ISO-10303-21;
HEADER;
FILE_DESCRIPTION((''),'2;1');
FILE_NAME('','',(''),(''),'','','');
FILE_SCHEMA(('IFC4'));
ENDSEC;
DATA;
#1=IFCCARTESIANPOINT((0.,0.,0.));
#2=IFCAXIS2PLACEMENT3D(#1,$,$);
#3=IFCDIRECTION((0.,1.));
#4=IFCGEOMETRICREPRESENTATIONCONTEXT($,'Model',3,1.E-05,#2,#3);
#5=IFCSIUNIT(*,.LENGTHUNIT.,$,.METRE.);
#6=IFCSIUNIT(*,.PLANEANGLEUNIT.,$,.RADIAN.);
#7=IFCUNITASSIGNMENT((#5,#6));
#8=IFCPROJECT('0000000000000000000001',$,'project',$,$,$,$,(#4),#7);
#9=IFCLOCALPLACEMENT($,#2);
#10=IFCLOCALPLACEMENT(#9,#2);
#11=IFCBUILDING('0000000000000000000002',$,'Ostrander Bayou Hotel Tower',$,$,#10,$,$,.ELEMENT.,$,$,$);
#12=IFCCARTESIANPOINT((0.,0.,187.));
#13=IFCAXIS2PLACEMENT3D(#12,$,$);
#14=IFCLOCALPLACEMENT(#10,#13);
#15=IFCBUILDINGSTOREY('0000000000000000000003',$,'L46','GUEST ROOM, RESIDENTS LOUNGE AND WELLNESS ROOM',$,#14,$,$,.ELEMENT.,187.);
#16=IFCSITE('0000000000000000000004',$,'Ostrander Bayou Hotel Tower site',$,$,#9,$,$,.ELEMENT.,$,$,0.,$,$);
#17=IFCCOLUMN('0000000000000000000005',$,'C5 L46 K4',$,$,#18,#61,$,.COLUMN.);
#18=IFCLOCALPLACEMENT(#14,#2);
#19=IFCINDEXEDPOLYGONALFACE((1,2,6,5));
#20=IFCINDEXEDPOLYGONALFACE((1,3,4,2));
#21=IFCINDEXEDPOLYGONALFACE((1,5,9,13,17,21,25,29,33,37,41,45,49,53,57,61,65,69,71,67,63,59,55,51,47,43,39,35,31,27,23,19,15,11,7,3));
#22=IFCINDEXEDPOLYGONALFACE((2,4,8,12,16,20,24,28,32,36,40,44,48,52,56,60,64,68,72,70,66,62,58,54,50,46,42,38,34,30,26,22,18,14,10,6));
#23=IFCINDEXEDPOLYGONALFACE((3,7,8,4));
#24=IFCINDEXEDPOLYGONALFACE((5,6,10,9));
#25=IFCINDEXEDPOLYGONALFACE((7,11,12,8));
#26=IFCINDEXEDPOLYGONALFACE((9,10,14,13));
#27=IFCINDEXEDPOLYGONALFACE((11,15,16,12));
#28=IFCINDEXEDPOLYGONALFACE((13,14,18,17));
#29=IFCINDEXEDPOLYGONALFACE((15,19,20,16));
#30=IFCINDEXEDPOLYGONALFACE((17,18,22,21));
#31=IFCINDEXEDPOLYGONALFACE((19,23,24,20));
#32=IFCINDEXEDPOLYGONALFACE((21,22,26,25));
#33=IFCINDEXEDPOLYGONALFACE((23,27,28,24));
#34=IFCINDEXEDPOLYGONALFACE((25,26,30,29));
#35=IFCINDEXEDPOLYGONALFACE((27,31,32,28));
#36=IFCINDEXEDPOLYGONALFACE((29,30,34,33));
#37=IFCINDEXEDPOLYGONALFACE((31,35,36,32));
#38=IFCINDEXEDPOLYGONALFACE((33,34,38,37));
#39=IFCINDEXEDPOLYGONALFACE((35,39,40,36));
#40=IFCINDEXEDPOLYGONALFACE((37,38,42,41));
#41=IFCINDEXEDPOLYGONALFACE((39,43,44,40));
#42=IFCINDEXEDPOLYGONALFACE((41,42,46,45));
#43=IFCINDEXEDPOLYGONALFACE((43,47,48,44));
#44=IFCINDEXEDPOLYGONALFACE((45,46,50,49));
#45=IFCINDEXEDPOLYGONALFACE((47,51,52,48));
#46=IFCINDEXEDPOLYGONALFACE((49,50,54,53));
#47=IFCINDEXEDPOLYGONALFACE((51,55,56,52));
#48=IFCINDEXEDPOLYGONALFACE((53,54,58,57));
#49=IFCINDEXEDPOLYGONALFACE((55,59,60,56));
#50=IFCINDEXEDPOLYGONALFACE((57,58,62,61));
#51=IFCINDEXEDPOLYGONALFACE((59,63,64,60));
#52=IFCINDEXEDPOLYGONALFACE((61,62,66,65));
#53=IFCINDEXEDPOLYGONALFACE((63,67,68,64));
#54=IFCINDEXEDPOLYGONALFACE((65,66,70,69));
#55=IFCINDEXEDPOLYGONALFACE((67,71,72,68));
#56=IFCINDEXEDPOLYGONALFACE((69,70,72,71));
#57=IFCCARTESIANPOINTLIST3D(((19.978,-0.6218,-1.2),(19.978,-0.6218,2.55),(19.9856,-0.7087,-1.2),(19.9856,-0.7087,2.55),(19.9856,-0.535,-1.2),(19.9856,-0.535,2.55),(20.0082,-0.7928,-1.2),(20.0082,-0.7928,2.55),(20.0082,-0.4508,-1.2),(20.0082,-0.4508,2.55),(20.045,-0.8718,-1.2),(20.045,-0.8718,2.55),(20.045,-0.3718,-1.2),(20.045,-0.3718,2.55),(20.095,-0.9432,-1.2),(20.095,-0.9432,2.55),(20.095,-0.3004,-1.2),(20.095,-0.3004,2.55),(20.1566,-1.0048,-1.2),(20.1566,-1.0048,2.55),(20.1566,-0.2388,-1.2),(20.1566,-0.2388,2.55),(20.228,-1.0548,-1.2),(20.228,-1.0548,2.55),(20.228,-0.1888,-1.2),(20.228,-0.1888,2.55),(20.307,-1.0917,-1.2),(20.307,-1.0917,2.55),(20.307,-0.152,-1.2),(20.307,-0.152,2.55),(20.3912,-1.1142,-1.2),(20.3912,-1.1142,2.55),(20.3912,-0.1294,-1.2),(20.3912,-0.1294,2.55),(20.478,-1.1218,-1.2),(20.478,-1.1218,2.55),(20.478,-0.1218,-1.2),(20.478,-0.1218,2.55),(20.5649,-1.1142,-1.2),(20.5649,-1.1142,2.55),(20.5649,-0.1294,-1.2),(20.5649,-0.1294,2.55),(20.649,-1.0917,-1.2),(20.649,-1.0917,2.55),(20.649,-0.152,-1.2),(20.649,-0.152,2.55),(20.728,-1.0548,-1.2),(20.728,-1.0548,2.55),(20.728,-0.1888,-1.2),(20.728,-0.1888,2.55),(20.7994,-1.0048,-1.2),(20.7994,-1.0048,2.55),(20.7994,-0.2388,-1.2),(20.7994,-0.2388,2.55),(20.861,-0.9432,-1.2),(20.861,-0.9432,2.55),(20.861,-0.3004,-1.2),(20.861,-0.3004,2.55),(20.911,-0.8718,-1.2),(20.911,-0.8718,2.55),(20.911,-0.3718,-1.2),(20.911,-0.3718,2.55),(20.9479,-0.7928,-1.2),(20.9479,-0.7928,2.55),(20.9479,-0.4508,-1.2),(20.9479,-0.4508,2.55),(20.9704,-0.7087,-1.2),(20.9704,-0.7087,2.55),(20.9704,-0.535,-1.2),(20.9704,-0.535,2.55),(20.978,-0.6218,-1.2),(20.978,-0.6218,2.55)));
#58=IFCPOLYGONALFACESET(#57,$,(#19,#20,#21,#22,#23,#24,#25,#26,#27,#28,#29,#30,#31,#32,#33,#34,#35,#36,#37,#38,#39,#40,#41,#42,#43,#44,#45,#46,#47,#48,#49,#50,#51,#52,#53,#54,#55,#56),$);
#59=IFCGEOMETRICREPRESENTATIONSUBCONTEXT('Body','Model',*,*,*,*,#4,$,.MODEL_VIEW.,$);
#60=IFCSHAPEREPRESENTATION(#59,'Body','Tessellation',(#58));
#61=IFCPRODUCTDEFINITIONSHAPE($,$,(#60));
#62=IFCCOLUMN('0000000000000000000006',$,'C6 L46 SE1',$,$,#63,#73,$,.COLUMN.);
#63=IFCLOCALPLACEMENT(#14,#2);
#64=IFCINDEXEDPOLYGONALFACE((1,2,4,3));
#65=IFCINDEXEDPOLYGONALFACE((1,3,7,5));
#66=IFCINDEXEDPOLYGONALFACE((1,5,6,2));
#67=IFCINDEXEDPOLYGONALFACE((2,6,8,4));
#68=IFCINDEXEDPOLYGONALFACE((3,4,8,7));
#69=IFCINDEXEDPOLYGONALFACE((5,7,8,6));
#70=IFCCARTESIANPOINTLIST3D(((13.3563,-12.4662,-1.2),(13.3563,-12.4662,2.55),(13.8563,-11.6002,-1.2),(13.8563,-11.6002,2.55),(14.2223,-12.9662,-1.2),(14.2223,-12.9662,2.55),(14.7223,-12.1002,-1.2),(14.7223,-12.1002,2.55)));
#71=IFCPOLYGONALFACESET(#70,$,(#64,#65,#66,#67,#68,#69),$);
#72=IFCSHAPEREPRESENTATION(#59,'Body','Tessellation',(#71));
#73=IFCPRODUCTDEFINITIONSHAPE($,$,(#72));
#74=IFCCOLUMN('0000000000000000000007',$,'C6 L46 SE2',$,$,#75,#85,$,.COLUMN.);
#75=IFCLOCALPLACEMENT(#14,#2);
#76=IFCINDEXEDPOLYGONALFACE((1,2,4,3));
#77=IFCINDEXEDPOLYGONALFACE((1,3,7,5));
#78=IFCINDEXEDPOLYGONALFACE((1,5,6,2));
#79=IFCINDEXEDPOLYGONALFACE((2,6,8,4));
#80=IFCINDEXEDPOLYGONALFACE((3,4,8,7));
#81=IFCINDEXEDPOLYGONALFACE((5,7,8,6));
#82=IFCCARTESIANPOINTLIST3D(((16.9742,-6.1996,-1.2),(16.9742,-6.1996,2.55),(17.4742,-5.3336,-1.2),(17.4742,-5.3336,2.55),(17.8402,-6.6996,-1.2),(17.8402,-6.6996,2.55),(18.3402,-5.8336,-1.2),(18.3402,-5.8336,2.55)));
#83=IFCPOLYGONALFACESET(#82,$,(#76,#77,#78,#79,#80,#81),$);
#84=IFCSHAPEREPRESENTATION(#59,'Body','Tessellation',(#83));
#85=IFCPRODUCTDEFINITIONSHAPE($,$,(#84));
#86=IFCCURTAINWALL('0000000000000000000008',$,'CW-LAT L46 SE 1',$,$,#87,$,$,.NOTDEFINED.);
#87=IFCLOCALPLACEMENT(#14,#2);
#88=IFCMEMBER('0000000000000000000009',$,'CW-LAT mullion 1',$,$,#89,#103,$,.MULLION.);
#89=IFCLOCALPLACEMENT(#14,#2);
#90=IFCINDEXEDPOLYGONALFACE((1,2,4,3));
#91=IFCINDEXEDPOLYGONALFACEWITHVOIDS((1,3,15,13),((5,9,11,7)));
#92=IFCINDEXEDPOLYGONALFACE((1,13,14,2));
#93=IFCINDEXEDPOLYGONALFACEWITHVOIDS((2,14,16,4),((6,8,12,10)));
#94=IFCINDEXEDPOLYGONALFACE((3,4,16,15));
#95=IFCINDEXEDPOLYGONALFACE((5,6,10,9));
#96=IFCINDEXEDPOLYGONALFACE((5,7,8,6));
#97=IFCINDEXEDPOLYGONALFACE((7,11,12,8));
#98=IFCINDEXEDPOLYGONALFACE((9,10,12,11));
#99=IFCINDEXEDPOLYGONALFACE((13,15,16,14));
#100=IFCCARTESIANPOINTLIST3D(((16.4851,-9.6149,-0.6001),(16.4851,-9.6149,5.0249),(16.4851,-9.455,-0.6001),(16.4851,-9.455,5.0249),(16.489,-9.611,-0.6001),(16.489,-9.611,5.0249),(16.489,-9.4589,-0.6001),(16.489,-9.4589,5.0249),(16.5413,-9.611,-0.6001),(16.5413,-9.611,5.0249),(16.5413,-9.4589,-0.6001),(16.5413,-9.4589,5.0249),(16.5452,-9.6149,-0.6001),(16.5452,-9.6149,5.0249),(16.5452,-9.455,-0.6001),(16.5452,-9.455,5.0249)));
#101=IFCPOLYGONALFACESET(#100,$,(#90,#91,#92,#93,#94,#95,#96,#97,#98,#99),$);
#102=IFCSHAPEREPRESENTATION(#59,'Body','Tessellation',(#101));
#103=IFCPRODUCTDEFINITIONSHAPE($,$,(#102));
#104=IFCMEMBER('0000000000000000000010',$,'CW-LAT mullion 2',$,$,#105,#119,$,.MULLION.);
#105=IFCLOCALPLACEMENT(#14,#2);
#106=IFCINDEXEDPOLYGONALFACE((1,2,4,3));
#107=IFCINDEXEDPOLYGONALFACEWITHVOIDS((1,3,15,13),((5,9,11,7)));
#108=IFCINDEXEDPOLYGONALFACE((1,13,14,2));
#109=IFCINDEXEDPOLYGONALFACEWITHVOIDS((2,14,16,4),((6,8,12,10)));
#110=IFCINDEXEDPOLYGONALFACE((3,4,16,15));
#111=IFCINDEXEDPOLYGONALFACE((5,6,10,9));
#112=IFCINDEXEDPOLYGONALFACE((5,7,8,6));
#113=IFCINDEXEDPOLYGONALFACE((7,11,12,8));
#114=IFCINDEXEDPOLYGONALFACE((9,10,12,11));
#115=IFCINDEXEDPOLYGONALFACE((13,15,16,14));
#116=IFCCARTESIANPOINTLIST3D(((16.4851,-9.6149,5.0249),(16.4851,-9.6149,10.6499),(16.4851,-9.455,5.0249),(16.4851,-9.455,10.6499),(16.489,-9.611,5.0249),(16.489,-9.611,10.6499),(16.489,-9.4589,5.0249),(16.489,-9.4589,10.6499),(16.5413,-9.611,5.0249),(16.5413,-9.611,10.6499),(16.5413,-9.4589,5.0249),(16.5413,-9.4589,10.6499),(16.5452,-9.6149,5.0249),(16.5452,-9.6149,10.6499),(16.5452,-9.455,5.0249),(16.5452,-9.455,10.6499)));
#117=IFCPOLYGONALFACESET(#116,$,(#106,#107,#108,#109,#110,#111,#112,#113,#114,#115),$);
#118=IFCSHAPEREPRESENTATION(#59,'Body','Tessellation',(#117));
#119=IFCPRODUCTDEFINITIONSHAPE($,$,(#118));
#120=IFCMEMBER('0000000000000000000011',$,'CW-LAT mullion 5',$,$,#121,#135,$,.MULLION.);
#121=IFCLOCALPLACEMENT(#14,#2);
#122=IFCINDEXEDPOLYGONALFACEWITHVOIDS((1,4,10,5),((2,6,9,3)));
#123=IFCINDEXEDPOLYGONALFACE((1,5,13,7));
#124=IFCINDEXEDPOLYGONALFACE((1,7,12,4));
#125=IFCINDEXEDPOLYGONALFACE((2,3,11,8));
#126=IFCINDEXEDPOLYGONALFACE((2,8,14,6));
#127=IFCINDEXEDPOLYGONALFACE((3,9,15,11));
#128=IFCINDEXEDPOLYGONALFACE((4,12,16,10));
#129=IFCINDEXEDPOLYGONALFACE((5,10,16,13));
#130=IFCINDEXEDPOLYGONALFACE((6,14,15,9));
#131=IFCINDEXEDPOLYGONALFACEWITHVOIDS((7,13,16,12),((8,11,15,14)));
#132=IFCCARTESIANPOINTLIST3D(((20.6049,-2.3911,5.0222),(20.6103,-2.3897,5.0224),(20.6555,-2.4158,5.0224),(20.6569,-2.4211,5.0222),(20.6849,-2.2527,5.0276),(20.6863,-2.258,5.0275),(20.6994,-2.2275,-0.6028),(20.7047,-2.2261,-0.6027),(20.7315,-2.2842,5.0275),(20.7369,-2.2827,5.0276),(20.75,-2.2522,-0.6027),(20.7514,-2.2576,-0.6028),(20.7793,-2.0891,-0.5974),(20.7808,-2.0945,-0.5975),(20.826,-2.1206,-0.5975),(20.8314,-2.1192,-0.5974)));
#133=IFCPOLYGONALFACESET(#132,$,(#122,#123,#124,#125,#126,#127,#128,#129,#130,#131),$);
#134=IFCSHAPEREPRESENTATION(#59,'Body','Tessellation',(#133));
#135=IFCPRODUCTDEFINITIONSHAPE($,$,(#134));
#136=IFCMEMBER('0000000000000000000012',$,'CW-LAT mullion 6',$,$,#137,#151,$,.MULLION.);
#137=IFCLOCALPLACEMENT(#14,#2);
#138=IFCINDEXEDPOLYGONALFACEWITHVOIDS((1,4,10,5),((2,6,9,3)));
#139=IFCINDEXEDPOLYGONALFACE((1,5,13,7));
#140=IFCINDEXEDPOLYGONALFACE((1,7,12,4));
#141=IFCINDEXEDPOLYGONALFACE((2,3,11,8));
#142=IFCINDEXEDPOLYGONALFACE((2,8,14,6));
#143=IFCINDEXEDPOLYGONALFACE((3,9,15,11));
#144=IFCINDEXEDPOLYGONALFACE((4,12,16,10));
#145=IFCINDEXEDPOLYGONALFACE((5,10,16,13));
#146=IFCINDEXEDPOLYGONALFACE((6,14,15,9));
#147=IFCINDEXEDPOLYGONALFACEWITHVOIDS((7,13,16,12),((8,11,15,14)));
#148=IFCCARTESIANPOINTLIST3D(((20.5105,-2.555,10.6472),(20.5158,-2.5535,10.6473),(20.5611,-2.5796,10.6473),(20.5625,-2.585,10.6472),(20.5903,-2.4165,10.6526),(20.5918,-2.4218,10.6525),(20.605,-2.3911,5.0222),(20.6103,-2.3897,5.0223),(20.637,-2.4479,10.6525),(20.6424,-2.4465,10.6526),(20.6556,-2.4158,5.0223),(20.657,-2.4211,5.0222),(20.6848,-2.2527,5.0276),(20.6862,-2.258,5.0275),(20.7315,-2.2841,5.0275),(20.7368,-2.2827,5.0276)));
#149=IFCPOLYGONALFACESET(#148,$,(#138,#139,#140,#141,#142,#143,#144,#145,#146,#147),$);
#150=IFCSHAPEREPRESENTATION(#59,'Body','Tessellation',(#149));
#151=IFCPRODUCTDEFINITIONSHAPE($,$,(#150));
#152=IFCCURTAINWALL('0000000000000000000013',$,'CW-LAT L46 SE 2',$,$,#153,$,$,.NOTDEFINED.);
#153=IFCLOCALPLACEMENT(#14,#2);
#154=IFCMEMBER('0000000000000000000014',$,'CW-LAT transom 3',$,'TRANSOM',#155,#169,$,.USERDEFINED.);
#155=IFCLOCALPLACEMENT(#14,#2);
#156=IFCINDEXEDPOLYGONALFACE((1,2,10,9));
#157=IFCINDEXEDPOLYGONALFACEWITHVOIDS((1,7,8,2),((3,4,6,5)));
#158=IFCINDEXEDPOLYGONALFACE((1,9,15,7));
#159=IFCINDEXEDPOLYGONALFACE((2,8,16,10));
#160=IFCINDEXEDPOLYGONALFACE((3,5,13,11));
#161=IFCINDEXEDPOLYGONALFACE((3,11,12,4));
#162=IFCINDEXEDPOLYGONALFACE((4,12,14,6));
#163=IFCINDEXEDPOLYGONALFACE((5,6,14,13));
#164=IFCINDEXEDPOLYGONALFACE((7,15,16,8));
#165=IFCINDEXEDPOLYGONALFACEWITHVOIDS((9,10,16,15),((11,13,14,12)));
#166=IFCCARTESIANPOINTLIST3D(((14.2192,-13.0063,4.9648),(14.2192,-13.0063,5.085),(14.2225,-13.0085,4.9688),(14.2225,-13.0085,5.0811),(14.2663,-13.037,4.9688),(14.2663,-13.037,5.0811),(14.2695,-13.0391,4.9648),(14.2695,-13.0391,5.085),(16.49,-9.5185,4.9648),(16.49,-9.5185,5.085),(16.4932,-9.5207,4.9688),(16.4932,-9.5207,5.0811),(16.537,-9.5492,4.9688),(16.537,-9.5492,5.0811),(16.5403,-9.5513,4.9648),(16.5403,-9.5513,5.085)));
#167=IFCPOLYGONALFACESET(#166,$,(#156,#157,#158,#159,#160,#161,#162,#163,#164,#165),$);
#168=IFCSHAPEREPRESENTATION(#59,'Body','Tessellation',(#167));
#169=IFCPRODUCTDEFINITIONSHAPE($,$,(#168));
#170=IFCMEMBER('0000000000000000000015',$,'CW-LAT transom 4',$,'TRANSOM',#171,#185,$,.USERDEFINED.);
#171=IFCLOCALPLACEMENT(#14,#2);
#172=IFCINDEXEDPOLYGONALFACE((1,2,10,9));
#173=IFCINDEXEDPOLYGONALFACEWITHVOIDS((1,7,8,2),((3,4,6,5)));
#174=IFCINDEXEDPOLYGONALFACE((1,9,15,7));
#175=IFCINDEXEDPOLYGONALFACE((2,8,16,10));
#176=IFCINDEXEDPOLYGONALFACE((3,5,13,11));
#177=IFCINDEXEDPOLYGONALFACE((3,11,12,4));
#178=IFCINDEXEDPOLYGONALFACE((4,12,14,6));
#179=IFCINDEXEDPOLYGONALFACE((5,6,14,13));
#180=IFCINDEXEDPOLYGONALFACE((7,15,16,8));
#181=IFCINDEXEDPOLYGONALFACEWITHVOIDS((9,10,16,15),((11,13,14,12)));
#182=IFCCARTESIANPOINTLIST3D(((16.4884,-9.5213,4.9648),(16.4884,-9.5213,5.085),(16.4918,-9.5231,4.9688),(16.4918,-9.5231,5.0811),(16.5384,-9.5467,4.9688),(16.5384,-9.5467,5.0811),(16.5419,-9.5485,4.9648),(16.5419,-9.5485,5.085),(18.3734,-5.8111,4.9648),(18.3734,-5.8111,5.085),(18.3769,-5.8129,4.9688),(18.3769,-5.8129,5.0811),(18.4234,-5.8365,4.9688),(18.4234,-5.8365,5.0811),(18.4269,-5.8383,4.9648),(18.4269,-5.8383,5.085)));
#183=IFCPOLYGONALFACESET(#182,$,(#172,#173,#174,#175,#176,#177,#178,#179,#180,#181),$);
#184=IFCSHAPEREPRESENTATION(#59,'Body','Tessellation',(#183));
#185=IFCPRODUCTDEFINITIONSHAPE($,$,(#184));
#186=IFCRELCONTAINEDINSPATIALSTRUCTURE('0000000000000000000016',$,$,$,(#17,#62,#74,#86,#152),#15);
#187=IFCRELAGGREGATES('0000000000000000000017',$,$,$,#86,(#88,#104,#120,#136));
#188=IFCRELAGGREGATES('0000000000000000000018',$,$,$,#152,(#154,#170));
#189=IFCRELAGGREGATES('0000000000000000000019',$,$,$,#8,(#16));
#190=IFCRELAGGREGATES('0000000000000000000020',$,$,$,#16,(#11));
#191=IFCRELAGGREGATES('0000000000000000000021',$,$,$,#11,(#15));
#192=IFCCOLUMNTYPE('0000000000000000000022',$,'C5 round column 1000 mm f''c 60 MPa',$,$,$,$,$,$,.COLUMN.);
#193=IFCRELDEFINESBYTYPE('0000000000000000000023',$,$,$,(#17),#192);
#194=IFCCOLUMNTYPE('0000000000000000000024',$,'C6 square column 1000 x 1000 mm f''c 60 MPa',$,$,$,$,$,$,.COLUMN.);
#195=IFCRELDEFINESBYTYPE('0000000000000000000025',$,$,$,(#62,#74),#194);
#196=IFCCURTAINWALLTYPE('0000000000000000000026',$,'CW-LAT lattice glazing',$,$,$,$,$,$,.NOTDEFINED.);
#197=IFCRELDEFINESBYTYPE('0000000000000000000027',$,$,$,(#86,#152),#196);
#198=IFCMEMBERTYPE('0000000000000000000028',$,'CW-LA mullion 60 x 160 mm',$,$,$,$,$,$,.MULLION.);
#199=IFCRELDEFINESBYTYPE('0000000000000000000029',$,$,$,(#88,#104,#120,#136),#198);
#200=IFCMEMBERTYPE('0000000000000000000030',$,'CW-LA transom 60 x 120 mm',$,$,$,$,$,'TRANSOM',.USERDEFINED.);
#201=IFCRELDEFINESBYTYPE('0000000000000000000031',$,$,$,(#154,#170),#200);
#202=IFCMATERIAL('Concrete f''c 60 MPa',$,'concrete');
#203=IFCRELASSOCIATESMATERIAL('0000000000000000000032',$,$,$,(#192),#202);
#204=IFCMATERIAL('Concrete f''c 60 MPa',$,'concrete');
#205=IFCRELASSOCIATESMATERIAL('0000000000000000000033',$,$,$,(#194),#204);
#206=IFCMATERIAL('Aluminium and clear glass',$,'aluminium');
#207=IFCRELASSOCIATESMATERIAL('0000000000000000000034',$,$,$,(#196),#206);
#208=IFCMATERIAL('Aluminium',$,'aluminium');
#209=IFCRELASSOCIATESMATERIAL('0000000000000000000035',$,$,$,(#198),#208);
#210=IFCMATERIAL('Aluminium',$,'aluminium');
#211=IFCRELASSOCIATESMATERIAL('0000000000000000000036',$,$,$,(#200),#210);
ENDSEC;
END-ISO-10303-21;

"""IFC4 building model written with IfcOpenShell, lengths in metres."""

from ifc_helpers import new_model, si_unit, direction, frame, origin, origin_2d, place, context, subcontext, project, spatial, rectangle, hollow_rectangle, circle, extrude, material, material_profile, profile_set, type_object, element, aggregate, save


model = new_model("IFC4")

# Units and contexts
model_context = context("Model", 3, precision=1e-05, world=origin(), true_north=direction((0.0, 1.0)))
body_context = subcontext(model_context, "Body", "Model", "MODEL_VIEW")
ifc_project = project(units=[si_unit("LENGTHUNIT", "METRE"), si_unit("PLANEANGLEUNIT", "RADIAN")], contexts=[model_context])

# Site, building, storey
site_placement = place(None, origin())
site = spatial("IfcSite", under=ifc_project, at=site_placement, Name="Ostrander Bayou Hotel Tower site", CompositionType="ELEMENT", RefElevation=0.0)
building_placement = place(site_placement, origin())
building = spatial("IfcBuilding", under=site, at=building_placement, Name="Ostrander Bayou Hotel Tower", CompositionType="ELEMENT")
storey_placement = place(building_placement, frame((0.0, 0.0, 187.0)))
storey = spatial("IfcBuildingStorey", under=building, at=storey_placement, Name="L46", Description="GUEST ROOM, RESIDENTS LOUNGE AND WELLNESS ROOM", CompositionType="ELEMENT", Elevation=187.0)

# Columns
ifc_material_1 = material(Name="Concrete f'c 60 MPa", Category="concrete")
ifc_material_profile_1 = material_profile(ifc_material_1, circle(Radius=0.5, at=origin_2d()))
ifc_profile_set_1 = profile_set([ifc_material_profile_1], Name="Concrete f'c 60 MPa")
column_type_1 = type_object("IfcColumnType", Name="C5 round column 1000 mm f'c 60 MPa", PredefinedType="COLUMN", material=ifc_profile_set_1)
column_placement = place(storey_placement, frame((20.478, -0.6218, -1.2), z_axis=(0.0, 0.0, 1.0), x_axis=(1.0, 0.0, 0.0)))
element("IfcColumn", 1, at=column_placement, inside=storey, type_object=column_type_1, Name="C5 L46 K4", PredefinedType="COLUMN", context=body_context, shape_type="SweptSolid", body=[
    extrude(circle(Radius=0.5, at=origin_2d()), origin(), (0.0, 0.0, 1.0), 3.75),
])
ifc_material_2 = material(Name="Concrete f'c 60 MPa", Category="concrete")
ifc_material_profile_2 = material_profile(ifc_material_2, rectangle(XDim=1.0, YDim=1.0, at=origin_2d()))
ifc_profile_set_2 = profile_set([ifc_material_profile_2], Name="Concrete f'c 60 MPa")
column_type_2 = type_object("IfcColumnType", Name="C6 square column 1000 x 1000 mm f'c 60 MPa", PredefinedType="COLUMN", material=ifc_profile_set_2)
for number, where, z_axis, x_axis, name in (
    (2, (14.0393, -12.2832, -1.2), (0.0, 0.0, 1.0), (-0.5, -0.866025, 0.0), "C6 L46 SE1"),
    (3, (17.6572, -6.0166, -1.2), (0.0, 0.0, 1.0), (-0.5, -0.866025, 0.0), "C6 L46 SE2"),
):
    element("IfcColumn", number, at=place(storey_placement, frame(where, z_axis=z_axis, x_axis=x_axis)), inside=storey, type_object=column_type_2, Name=name, PredefinedType="COLUMN", context=body_context, shape_type="SweptSolid", body=[
        extrude(rectangle(XDim=1.0, YDim=1.0, at=origin_2d()), origin(), (0.0, 0.0, 1.0), 3.75),
    ])

# Curtain walls, members
ifc_material_3 = material(Name="Aluminium and clear glass", Category="aluminium")
curtain_wall_type = type_object("IfcCurtainWallType", Name="CW-LAT lattice glazing", PredefinedType="NOTDEFINED", material=ifc_material_3)
curtain_wall_1_placement = place(storey_placement, origin())
curtain_wall_1 = element("IfcCurtainWall", 4, at=curtain_wall_1_placement, inside=storey, type_object=curtain_wall_type, Name="CW-LAT L46 SE 1", PredefinedType="NOTDEFINED")
ifc_material_4 = material(Name="Aluminium", Category="aluminium")
ifc_material_profile_3 = material_profile(ifc_material_4, hollow_rectangle(XDim=0.0601, YDim=0.1599, WallThickness=0.0039, at=origin_2d()))
ifc_profile_set_3 = profile_set([ifc_material_profile_3], Name="Aluminium")
member_type_1 = type_object("IfcMemberType", Name="CW-LA mullion 60 x 160 mm", PredefinedType="MULLION", material=ifc_profile_set_3)
member_1_placement = place(storey_placement, frame((16.5151, -9.5349, -0.6001), z_axis=(0.0, 0.0, 1.0), x_axis=(1.0, 0.0, 0.0)))
member_1 = element("IfcMember", 5, at=member_1_placement, type_object=member_type_1, Name="CW-LAT mullion 1", PredefinedType="MULLION", context=body_context, shape_type="SweptSolid", body=[
    extrude(hollow_rectangle(XDim=0.0601, YDim=0.1599, WallThickness=0.0039, at=origin_2d()), origin(), (0.0, 0.0, 1.0), 5.625),
])
member_2_placement = place(storey_placement, frame((16.5151, -9.5349, 5.0249), z_axis=(0.0, 0.0, 1.0), x_axis=(1.0, 0.0, 0.0)))
member_2 = element("IfcMember", 6, at=member_2_placement, type_object=member_type_1, Name="CW-LAT mullion 2", PredefinedType="MULLION", context=body_context, shape_type="SweptSolid", body=[
    extrude(hollow_rectangle(XDim=0.0601, YDim=0.1599, WallThickness=0.0039, at=origin_2d()), origin(), (0.0, 0.0, 1.0), 5.625),
])
member_3_placement = place(storey_placement, frame((20.7654, -2.1733, -0.6001), z_axis=(-0.016787, -0.029063, 0.999437), x_axis=(0.865927, -0.50017, 0.0)))
member_3 = element("IfcMember", 7, at=member_3_placement, type_object=member_type_1, Name="CW-LAT mullion 5", PredefinedType="MULLION", context=body_context, shape_type="SweptSolid", body=[
    extrude(hollow_rectangle(XDim=0.0601, YDim=0.1599, WallThickness=0.0039, at=origin_2d()), origin(), (0.0, 0.0, 1.0), 5.6282),
])
member_4_placement = place(storey_placement, frame((20.6709, -2.3369, 5.0249), z_axis=(-0.016787, -0.029107, 0.999435), x_axis=(0.86625, -0.499611, 0.0)))
member_4 = element("IfcMember", 8, at=member_4_placement, type_object=member_type_1, Name="CW-LAT mullion 6", PredefinedType="MULLION", context=body_context, shape_type="SweptSolid", body=[
    extrude(hollow_rectangle(XDim=0.0601, YDim=0.1599, WallThickness=0.0039, at=origin_2d()), origin(), (0.0, 0.0, 1.0), 5.6282),
])
curtain_wall_2_placement = place(storey_placement, origin())
curtain_wall_2 = element("IfcCurtainWall", 9, at=curtain_wall_2_placement, inside=storey, type_object=curtain_wall_type, Name="CW-LAT L46 SE 2", PredefinedType="NOTDEFINED")
ifc_material_5 = material(Name="Aluminium", Category="aluminium")
ifc_material_profile_4 = material_profile(ifc_material_5, hollow_rectangle(XDim=0.0601, YDim=0.1201, WallThickness=0.0039, at=origin_2d()))
ifc_profile_set_4 = profile_set([ifc_material_profile_4], Name="Aluminium")
member_type_2 = type_object("IfcMemberType", Name="CW-LA transom 60 x 120 mm", ElementType="TRANSOM", PredefinedType="USERDEFINED", material=ifc_profile_set_4)
member_5_placement = place(storey_placement, frame((16.5151, -9.5349, 5.0249), z_axis=(-0.545611, -0.838039, 0.0), x_axis=(0.838039, -0.545611, 0.0)))
member_5 = element("IfcMember", 10, at=member_5_placement, type_object=member_type_2, Name="CW-LAT transom 3", ObjectType="TRANSOM", PredefinedType="USERDEFINED", context=body_context, shape_type="SweptSolid", body=[
    extrude(hollow_rectangle(XDim=0.0601, YDim=0.1201, WallThickness=0.0039, at=origin_2d()), origin(), (0.0, 0.0, 1.0), 4.1619),
])
member_6_placement = place(storey_placement, frame((16.5151, -9.5349, 5.0249), z_axis=(0.452954, 0.891534, 0.0), x_axis=(-0.891534, 0.452954, 0.0)))
member_6 = element("IfcMember", 11, at=member_6_placement, type_object=member_type_2, Name="CW-LAT transom 4", ObjectType="TRANSOM", PredefinedType="USERDEFINED", context=body_context, shape_type="SweptSolid", body=[
    extrude(hollow_rectangle(XDim=0.0601, YDim=0.1201, WallThickness=0.0039, at=origin_2d()), origin(), (0.0, 0.0, 1.0), 4.1616),
])

aggregate(curtain_wall_1, [member_1, member_2, member_3, member_4])
aggregate(curtain_wall_2, [member_5, member_6])

save(model, "model.ifc")
